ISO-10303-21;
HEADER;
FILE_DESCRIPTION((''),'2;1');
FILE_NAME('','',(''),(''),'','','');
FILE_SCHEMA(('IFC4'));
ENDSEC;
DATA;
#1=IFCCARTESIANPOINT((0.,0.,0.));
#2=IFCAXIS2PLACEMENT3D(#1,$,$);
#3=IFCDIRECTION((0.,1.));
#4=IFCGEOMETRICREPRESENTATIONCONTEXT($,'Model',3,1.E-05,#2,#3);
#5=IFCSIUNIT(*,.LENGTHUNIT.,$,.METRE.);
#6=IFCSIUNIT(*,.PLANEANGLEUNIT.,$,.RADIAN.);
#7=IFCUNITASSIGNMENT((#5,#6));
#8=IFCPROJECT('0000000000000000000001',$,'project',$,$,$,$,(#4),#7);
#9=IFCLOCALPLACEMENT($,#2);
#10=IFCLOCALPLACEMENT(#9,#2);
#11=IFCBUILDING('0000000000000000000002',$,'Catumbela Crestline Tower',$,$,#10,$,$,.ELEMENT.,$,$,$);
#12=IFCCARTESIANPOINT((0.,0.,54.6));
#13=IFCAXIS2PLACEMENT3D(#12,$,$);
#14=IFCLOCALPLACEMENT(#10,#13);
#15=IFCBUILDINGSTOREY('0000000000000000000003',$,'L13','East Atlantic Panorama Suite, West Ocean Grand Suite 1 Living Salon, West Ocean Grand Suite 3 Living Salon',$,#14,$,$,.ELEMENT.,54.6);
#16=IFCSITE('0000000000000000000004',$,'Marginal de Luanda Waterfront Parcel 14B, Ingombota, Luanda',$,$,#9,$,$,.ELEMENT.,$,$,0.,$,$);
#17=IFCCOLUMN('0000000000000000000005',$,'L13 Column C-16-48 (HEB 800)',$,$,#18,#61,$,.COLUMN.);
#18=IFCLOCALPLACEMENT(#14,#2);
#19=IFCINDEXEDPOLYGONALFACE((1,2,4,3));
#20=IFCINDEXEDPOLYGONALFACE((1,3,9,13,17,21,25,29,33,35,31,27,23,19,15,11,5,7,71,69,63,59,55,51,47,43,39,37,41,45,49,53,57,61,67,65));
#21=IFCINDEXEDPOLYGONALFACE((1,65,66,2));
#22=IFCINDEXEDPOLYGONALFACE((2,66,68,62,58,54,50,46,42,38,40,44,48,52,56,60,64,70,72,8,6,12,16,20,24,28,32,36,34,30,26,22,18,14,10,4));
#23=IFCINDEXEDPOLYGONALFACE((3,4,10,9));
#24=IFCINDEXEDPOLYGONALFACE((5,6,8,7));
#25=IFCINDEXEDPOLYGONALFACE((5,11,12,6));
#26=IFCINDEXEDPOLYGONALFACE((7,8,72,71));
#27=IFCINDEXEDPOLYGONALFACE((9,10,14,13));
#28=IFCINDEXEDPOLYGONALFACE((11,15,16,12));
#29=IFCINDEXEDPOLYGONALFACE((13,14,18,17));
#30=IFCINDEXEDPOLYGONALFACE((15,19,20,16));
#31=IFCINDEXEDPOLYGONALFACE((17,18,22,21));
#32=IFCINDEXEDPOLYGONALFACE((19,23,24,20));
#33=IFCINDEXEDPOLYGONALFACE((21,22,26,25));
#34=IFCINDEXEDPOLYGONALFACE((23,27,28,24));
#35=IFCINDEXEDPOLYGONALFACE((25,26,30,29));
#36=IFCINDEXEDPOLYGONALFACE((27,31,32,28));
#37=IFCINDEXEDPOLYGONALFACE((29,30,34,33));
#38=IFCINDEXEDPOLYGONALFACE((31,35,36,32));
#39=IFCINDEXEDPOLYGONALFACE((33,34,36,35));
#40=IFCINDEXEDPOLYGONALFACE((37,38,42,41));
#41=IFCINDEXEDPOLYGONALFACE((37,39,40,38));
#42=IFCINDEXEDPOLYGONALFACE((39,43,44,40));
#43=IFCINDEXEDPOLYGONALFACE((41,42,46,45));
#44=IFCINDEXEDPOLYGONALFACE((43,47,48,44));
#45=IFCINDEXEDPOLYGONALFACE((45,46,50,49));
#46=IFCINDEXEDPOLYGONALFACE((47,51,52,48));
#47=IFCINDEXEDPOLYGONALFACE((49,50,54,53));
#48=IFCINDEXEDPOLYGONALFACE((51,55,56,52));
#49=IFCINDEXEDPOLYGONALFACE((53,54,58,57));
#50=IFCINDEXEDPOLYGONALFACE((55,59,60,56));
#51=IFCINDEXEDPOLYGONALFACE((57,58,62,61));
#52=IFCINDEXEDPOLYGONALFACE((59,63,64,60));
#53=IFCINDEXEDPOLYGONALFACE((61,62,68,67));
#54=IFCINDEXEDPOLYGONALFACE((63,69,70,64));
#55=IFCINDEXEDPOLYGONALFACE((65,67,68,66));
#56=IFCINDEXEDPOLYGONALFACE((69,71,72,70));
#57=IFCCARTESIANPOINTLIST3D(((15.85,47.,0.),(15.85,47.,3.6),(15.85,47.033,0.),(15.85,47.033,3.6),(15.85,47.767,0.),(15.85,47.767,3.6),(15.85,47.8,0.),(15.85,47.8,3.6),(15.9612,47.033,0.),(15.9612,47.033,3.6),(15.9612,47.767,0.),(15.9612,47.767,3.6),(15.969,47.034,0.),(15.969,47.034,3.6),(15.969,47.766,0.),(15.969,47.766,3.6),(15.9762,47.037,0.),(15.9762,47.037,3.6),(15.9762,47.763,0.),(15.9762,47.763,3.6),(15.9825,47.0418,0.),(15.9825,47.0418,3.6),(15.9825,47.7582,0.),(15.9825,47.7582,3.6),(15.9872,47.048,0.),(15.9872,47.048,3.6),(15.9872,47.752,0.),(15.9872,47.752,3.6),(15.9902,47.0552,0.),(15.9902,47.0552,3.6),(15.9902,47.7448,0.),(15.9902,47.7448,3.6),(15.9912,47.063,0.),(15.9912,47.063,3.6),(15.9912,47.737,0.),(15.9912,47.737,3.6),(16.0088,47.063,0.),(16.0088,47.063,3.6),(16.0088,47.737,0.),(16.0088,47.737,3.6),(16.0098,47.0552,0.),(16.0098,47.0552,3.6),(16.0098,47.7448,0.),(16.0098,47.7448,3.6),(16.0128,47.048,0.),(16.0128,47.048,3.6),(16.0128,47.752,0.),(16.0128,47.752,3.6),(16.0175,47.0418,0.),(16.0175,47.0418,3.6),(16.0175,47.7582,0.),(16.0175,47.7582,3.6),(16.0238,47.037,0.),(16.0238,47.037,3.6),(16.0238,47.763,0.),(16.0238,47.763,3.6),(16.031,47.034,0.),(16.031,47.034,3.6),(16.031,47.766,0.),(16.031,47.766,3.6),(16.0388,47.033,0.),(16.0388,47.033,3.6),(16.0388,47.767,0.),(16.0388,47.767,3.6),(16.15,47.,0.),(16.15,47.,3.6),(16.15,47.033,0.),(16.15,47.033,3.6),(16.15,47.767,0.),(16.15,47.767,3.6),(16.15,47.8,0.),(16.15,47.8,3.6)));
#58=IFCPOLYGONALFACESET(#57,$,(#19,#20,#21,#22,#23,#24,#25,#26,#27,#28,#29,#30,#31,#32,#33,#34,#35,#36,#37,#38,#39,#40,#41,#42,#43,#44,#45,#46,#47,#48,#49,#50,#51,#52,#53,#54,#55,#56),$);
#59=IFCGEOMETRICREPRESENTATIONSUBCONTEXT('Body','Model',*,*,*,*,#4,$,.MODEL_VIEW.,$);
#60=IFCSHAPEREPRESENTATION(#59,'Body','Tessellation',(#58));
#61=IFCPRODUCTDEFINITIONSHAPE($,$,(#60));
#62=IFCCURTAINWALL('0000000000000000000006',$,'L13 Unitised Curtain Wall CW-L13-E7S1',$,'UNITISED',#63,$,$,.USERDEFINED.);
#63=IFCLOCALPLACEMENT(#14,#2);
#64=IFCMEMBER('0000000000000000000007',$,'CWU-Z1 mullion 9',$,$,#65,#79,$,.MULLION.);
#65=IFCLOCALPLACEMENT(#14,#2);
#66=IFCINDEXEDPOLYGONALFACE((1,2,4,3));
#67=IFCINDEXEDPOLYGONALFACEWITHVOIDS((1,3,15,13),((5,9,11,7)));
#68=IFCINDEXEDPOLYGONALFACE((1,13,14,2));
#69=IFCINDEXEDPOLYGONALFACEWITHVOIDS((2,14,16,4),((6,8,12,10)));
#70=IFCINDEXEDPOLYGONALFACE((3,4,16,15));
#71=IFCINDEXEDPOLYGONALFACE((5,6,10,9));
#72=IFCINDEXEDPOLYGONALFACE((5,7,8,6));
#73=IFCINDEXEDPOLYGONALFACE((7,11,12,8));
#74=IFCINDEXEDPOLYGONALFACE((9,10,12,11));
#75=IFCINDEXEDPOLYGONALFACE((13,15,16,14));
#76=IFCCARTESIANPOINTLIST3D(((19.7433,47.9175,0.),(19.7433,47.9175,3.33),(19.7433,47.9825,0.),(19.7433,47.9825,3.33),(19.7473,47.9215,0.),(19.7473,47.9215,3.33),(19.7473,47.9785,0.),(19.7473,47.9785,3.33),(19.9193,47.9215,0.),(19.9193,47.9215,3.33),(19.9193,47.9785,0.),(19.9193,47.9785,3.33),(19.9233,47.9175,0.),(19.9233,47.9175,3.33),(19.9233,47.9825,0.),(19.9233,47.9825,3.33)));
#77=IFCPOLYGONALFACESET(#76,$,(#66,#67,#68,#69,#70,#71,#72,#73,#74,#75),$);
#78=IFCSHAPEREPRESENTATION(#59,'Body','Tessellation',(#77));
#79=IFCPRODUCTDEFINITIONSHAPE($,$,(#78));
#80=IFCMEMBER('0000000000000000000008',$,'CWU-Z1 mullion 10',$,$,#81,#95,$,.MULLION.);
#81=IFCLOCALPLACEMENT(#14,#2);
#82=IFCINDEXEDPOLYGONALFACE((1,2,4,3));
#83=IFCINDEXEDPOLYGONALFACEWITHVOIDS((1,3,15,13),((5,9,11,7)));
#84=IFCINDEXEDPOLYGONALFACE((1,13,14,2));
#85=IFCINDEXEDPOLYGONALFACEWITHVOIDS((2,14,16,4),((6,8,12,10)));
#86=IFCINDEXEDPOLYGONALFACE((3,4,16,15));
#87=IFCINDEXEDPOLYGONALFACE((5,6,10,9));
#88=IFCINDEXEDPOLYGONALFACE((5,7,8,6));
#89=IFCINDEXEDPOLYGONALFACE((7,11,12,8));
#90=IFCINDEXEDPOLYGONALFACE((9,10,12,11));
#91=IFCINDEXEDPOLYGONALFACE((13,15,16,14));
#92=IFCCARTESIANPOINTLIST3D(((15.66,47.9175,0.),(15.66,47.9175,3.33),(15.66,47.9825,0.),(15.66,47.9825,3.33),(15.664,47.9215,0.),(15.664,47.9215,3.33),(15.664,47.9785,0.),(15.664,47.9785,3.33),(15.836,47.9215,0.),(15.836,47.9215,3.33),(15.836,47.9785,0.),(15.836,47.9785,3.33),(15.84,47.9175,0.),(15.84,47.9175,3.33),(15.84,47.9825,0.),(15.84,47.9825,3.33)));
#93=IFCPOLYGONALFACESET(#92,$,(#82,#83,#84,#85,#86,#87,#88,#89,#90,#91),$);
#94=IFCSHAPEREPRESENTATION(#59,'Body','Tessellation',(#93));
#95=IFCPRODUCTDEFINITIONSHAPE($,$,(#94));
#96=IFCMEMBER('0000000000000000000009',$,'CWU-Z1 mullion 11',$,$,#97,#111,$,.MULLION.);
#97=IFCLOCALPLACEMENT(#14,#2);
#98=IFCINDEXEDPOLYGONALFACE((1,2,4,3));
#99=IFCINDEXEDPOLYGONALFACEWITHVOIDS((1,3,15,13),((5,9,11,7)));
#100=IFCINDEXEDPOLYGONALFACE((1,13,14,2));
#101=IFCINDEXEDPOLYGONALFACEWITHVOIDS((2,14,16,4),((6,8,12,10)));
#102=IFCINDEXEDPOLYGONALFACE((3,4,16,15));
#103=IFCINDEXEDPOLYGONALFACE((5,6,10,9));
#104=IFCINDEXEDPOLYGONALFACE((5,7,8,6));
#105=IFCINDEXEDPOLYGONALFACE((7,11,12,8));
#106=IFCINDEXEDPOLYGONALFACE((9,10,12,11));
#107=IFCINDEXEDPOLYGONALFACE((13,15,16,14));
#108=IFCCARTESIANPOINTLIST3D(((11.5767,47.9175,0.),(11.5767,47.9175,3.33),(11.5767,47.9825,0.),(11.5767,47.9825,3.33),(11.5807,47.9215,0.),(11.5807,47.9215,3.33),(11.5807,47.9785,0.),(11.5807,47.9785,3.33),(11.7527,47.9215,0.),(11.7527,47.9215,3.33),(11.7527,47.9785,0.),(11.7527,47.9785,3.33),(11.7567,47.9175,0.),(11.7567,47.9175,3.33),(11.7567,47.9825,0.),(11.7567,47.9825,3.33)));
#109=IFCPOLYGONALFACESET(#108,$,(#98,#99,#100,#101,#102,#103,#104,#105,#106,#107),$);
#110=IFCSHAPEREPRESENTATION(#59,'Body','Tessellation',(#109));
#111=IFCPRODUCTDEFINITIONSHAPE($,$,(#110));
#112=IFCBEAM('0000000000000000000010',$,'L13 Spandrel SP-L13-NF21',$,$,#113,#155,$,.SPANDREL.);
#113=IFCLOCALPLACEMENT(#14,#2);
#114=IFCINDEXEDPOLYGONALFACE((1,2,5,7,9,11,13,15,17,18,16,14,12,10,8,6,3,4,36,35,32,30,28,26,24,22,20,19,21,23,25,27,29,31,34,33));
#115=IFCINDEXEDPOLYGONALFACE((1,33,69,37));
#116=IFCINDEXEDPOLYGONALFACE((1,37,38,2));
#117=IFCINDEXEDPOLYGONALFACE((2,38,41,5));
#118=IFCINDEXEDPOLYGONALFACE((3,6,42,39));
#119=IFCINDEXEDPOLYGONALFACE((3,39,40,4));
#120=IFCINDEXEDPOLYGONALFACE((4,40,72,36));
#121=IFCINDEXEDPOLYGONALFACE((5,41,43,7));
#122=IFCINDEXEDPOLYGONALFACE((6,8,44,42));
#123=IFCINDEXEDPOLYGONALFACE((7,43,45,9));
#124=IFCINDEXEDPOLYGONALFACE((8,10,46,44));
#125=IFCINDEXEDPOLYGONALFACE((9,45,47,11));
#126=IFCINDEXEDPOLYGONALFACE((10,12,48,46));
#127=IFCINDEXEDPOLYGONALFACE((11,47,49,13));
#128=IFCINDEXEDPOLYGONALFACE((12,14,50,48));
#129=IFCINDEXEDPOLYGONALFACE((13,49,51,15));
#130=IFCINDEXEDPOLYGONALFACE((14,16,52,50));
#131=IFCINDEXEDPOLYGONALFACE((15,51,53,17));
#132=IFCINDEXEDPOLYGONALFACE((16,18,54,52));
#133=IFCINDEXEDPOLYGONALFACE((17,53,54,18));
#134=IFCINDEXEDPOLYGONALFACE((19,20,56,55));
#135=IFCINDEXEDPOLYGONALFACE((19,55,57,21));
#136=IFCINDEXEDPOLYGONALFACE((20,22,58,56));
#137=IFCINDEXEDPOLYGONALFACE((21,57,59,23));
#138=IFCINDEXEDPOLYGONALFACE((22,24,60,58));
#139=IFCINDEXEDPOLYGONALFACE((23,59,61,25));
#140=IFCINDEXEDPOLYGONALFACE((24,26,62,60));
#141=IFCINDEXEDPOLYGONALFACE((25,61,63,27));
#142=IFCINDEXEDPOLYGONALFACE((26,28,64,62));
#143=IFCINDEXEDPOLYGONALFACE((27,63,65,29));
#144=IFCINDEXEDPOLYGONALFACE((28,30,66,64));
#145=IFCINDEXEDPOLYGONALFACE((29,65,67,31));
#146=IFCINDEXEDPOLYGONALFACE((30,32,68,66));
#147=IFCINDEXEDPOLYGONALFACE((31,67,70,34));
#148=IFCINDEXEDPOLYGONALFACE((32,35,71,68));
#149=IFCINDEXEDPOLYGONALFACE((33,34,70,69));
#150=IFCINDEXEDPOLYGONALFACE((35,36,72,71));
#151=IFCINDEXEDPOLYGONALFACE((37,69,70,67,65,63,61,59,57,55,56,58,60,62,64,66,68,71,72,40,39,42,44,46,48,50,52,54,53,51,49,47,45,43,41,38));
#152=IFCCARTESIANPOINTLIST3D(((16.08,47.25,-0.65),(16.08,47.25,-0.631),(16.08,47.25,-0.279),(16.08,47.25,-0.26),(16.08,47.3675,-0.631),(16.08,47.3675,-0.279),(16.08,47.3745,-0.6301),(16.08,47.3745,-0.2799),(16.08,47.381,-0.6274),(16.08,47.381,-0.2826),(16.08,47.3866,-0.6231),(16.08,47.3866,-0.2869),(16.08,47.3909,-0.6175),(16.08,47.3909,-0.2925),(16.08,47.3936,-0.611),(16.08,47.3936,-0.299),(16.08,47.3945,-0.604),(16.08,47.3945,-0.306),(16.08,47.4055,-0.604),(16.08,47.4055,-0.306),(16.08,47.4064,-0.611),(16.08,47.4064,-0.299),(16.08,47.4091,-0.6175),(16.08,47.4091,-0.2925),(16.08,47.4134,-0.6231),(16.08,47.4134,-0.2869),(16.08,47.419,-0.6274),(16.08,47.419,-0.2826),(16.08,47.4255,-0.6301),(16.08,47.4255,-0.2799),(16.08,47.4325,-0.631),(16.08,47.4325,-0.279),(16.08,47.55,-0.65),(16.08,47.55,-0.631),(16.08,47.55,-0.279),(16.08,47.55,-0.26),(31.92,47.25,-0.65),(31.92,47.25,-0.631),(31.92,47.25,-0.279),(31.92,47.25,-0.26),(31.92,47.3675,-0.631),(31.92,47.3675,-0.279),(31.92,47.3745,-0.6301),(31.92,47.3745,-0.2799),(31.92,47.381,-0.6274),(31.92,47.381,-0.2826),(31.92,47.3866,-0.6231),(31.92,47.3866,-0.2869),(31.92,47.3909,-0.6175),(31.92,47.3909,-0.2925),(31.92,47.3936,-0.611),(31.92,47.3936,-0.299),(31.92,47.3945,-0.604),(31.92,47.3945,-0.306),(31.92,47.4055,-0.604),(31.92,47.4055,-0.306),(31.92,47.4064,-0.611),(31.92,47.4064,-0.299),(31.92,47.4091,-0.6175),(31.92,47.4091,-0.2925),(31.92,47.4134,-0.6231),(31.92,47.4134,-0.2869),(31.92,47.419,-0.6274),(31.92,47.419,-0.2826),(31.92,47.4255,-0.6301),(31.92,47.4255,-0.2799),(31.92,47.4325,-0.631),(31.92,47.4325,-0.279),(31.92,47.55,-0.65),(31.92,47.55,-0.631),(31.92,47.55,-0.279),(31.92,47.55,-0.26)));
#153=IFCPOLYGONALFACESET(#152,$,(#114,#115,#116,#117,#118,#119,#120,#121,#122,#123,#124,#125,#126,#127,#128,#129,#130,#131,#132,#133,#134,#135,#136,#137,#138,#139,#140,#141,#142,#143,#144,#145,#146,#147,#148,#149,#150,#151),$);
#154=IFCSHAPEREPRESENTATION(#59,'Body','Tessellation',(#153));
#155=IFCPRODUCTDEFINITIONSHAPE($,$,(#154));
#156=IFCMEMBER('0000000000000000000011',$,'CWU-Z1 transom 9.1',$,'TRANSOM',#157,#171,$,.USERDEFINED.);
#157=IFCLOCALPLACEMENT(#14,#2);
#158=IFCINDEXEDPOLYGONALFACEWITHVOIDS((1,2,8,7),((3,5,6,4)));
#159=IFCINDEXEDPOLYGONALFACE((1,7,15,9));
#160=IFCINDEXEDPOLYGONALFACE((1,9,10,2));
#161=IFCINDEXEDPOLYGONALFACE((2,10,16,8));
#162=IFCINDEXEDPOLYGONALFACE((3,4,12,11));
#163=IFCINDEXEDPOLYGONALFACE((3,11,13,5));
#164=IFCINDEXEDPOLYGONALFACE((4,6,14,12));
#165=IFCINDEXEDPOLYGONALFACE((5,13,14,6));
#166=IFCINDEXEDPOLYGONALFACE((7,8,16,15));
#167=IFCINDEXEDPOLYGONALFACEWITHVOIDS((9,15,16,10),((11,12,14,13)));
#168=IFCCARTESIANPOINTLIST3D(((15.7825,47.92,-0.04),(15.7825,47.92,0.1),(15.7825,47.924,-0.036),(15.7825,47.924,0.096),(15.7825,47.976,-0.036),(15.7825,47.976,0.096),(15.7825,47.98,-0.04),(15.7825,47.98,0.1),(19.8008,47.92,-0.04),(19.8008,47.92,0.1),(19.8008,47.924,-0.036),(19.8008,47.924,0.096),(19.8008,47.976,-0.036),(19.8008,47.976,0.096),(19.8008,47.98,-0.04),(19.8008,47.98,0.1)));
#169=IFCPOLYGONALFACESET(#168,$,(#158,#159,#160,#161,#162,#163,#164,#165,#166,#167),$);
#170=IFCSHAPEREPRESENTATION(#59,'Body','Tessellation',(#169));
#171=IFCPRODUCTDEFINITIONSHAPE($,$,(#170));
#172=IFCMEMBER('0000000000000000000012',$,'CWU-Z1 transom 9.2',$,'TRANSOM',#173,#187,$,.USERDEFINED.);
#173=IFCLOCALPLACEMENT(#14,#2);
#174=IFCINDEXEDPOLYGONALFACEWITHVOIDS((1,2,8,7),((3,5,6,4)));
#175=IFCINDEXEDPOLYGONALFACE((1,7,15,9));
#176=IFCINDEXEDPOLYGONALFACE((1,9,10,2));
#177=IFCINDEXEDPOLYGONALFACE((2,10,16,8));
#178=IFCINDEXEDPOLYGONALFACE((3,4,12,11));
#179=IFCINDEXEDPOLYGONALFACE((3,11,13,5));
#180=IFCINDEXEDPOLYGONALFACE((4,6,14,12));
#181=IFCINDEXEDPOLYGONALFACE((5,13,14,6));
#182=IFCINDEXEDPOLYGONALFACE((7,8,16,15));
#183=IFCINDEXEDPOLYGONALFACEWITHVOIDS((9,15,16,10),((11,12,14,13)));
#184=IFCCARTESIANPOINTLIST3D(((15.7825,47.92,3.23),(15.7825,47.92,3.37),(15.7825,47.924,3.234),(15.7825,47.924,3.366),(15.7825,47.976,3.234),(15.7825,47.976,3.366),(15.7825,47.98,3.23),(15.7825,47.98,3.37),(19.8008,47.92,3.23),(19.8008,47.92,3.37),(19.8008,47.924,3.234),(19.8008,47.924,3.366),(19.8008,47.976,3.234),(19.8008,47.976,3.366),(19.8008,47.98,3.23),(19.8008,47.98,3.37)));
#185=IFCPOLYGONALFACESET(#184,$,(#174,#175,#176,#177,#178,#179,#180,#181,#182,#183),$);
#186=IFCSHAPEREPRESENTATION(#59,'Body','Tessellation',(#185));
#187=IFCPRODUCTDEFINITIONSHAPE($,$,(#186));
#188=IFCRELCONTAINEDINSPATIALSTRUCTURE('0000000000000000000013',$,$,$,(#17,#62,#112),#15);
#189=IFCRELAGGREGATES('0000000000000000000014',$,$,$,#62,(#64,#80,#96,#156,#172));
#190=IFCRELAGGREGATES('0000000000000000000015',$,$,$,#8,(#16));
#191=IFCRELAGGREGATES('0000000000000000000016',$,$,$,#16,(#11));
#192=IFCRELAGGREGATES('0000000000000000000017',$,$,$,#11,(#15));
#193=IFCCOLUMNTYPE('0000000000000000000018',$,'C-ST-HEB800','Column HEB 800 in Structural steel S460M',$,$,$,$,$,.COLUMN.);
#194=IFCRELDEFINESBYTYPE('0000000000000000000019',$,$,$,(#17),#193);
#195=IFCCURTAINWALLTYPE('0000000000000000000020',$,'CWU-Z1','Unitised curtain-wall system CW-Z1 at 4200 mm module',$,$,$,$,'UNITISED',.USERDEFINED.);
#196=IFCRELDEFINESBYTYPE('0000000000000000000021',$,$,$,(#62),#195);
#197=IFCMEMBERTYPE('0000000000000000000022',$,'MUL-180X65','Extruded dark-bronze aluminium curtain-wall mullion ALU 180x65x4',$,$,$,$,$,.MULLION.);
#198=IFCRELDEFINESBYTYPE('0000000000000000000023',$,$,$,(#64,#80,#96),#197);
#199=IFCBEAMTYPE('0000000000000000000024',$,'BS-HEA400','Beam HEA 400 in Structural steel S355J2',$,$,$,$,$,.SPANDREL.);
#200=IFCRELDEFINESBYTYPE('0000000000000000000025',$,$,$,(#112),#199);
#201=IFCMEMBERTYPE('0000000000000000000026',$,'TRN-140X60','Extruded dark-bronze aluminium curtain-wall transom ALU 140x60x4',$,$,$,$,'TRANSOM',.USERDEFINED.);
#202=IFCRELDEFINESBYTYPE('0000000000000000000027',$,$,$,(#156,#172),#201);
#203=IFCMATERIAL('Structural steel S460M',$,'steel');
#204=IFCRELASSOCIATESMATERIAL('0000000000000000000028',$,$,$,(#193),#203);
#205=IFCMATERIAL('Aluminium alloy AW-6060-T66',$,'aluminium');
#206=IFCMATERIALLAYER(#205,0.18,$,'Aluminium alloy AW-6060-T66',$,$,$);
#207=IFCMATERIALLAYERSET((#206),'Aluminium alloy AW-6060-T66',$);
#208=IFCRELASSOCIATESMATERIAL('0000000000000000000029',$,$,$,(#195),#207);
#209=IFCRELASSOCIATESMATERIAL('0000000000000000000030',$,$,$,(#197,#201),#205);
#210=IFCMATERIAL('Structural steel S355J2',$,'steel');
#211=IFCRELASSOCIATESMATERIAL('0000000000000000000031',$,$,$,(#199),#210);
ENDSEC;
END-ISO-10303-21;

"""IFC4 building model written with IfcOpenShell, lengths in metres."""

from ifc_helpers import new_model, si_unit, direction, frame, origin, origin_2d, place, context, subcontext, project, spatial, hollow_rectangle, i_section, extrude, material, layer, layer_set, material_profile, profile_set, type_object, element, aggregate, save


model = new_model("IFC4")

# Units and contexts
model_context = context("Model", 3, precision=1e-05, world=origin(), true_north=direction((0.0, 1.0)))
body_context = subcontext(model_context, "Body", "Model", "MODEL_VIEW")
ifc_project = project(units=[si_unit("LENGTHUNIT", "METRE"), si_unit("PLANEANGLEUNIT", "RADIAN")], contexts=[model_context])

# Site, building, storey
site_placement = place(None, origin())
site = spatial("IfcSite", under=ifc_project, at=site_placement, Name="Marginal de Luanda Waterfront Parcel 14B, Ingombota, Luanda", CompositionType="ELEMENT", RefElevation=0.0)
building_placement = place(site_placement, origin())
building = spatial("IfcBuilding", under=site, at=building_placement, Name="Catumbela Crestline Tower", CompositionType="ELEMENT")
storey_placement = place(building_placement, frame((0.0, 0.0, 54.6)))
storey = spatial("IfcBuildingStorey", under=building, at=storey_placement, Name="L13", Description="East Atlantic Panorama Suite, West Ocean Grand Suite 1 Living Salon, West Ocean Grand Suite 3 Living Salon", CompositionType="ELEMENT", Elevation=54.6)

# Column
ifc_material_1 = material(Name="Structural steel S460M", Category="steel")
ifc_material_profile_1 = material_profile(ifc_material_1, i_section(OverallWidth=0.3, OverallDepth=0.8, WebThickness=0.0175, FlangeThickness=0.033, FilletRadius=0.03, at=origin_2d()), Name="HEB 800")
ifc_profile_set_1 = profile_set([ifc_material_profile_1], Name="Structural steel S460M")
column_type = type_object("IfcColumnType", Name="C-ST-HEB800", Description="Column HEB 800 in Structural steel S460M", PredefinedType="COLUMN", material=ifc_profile_set_1)
column_placement = place(storey_placement, frame((16.0, 47.4, 0.0), z_axis=(0.0, 0.0, 1.0), x_axis=(1.0, 0.0, 0.0)))
element("IfcColumn", 1, at=column_placement, inside=storey, type_object=column_type, Name="L13 Column C-16-48 (HEB 800)", PredefinedType="COLUMN", context=body_context, shape_type="SweptSolid", body=[
    extrude(i_section(OverallWidth=0.3, OverallDepth=0.8, WebThickness=0.0175, FlangeThickness=0.033, FilletRadius=0.03, at=origin_2d()), origin(), (0.0, 0.0, 1.0), 3.6),
])

# Curtain wall, members
ifc_material_2 = material(Name="Aluminium alloy AW-6060-T66", Category="aluminium")
ifc_layer_1 = layer(ifc_material_2, 0.18, Name="Aluminium alloy AW-6060-T66")
ifc_layer_set_1 = layer_set([ifc_layer_1], Name="Aluminium alloy AW-6060-T66")
curtain_wall_type = type_object("IfcCurtainWallType", Name="CWU-Z1", Description="Unitised curtain-wall system CW-Z1 at 4200 mm module", ElementType="UNITISED", PredefinedType="USERDEFINED", material=ifc_layer_set_1)
curtain_wall_placement = place(storey_placement, origin())
curtain_wall = element("IfcCurtainWall", 2, at=curtain_wall_placement, inside=storey, type_object=curtain_wall_type, Name="L13 Unitised Curtain Wall CW-L13-E7S1", ObjectType="UNITISED", PredefinedType="USERDEFINED")
ifc_material_profile_2 = material_profile(ifc_material_2, hollow_rectangle(XDim=0.065, YDim=0.18, WallThickness=0.004, at=origin_2d()), Name="ALU 180x65x4")
ifc_profile_set_2 = profile_set([ifc_material_profile_2], Name="Aluminium alloy AW-6060-T66")
member_type_1 = type_object("IfcMemberType", Name="MUL-180X65", Description="Extruded dark-bronze aluminium curtain-wall mullion ALU 180x65x4", PredefinedType="MULLION", material=ifc_profile_set_2)
member_1_placement = place(storey_placement, frame((19.8333, 47.95, 0.0), z_axis=(0.0, 0.0, 1.0), x_axis=(0.0, -1.0, 0.0)))
member_1 = element("IfcMember", 3, at=member_1_placement, type_object=member_type_1, Name="CWU-Z1 mullion 9", PredefinedType="MULLION", context=body_context, shape_type="SweptSolid", body=[
    extrude(hollow_rectangle(XDim=0.065, YDim=0.18, WallThickness=0.004, at=origin_2d()), origin(), (0.0, 0.0, 1.0), 3.33),
])
member_2_placement = place(storey_placement, frame((15.75, 47.95, 0.0), z_axis=(0.0, 0.0, 1.0), x_axis=(0.0, -1.0, 0.0)))
member_2 = element("IfcMember", 4, at=member_2_placement, type_object=member_type_1, Name="CWU-Z1 mullion 10", PredefinedType="MULLION", context=body_context, shape_type="SweptSolid", body=[
    extrude(hollow_rectangle(XDim=0.065, YDim=0.18, WallThickness=0.004, at=origin_2d()), origin(), (0.0, 0.0, 1.0), 3.33),
])
member_3_placement = place(storey_placement, frame((11.6667, 47.95, 0.0), z_axis=(0.0, 0.0, 1.0), x_axis=(0.0, -1.0, 0.0)))
member_3 = element("IfcMember", 5, at=member_3_placement, type_object=member_type_1, Name="CWU-Z1 mullion 11", PredefinedType="MULLION", context=body_context, shape_type="SweptSolid", body=[
    extrude(hollow_rectangle(XDim=0.065, YDim=0.18, WallThickness=0.004, at=origin_2d()), origin(), (0.0, 0.0, 1.0), 3.33),
])

# Beam
ifc_material_3 = material(Name="Structural steel S355J2", Category="steel")
ifc_material_profile_3 = material_profile(ifc_material_3, i_section(OverallWidth=0.3, OverallDepth=0.39, WebThickness=0.011, FlangeThickness=0.019, FilletRadius=0.027, at=origin_2d()), Name="HEA 400")
ifc_profile_set_3 = profile_set([ifc_material_profile_3], Name="Structural steel S355J2")
beam_type = type_object("IfcBeamType", Name="BS-HEA400", Description="Beam HEA 400 in Structural steel S355J2", PredefinedType="SPANDREL", material=ifc_profile_set_3)
beam_placement = place(storey_placement, frame((16.08, 47.4, -0.455), z_axis=(1.0, 0.0, 0.0), x_axis=(0.0, 1.0, 0.0)))
element("IfcBeam", 6, at=beam_placement, inside=storey, type_object=beam_type, Name="L13 Spandrel SP-L13-NF21", PredefinedType="SPANDREL", context=body_context, shape_type="SweptSolid", body=[
    extrude(i_section(OverallWidth=0.3, OverallDepth=0.39, WebThickness=0.011, FlangeThickness=0.019, FilletRadius=0.027, at=origin_2d()), origin(), (0.0, 0.0, 1.0), 15.84),
])

# Members
ifc_material_profile_4 = material_profile(ifc_material_2, hollow_rectangle(XDim=0.06, YDim=0.14, WallThickness=0.004, at=origin_2d()), Name="ALU 140x60x4")
ifc_profile_set_4 = profile_set([ifc_material_profile_4], Name="Aluminium alloy AW-6060-T66")
member_type_2 = type_object("IfcMemberType", Name="TRN-140X60", Description="Extruded dark-bronze aluminium curtain-wall transom ALU 140x60x4", ElementType="TRANSOM", PredefinedType="USERDEFINED", material=ifc_profile_set_4)
member_4_placement = place(storey_placement, frame((19.8008, 47.95, 0.03), z_axis=(-1.0, 0.0, 0.0), x_axis=(0.0, -1.0, 0.0)))
member_4 = element("IfcMember", 7, at=member_4_placement, type_object=member_type_2, Name="CWU-Z1 transom 9.1", ObjectType="TRANSOM", PredefinedType="USERDEFINED", context=body_context, shape_type="SweptSolid", body=[
    extrude(hollow_rectangle(XDim=0.06, YDim=0.14, WallThickness=0.004, at=origin_2d()), origin(), (0.0, 0.0, 1.0), 4.0183),
])
member_5_placement = place(storey_placement, frame((19.8008, 47.95, 3.3), z_axis=(-1.0, 0.0, 0.0), x_axis=(0.0, -1.0, 0.0)))
member_5 = element("IfcMember", 8, at=member_5_placement, type_object=member_type_2, Name="CWU-Z1 transom 9.2", ObjectType="TRANSOM", PredefinedType="USERDEFINED", context=body_context, shape_type="SweptSolid", body=[
    extrude(hollow_rectangle(XDim=0.06, YDim=0.14, WallThickness=0.004, at=origin_2d()), origin(), (0.0, 0.0, 1.0), 4.0183),
])

aggregate(curtain_wall, [member_1, member_2, member_3, member_4, member_5])

save(model, "model.ifc")
